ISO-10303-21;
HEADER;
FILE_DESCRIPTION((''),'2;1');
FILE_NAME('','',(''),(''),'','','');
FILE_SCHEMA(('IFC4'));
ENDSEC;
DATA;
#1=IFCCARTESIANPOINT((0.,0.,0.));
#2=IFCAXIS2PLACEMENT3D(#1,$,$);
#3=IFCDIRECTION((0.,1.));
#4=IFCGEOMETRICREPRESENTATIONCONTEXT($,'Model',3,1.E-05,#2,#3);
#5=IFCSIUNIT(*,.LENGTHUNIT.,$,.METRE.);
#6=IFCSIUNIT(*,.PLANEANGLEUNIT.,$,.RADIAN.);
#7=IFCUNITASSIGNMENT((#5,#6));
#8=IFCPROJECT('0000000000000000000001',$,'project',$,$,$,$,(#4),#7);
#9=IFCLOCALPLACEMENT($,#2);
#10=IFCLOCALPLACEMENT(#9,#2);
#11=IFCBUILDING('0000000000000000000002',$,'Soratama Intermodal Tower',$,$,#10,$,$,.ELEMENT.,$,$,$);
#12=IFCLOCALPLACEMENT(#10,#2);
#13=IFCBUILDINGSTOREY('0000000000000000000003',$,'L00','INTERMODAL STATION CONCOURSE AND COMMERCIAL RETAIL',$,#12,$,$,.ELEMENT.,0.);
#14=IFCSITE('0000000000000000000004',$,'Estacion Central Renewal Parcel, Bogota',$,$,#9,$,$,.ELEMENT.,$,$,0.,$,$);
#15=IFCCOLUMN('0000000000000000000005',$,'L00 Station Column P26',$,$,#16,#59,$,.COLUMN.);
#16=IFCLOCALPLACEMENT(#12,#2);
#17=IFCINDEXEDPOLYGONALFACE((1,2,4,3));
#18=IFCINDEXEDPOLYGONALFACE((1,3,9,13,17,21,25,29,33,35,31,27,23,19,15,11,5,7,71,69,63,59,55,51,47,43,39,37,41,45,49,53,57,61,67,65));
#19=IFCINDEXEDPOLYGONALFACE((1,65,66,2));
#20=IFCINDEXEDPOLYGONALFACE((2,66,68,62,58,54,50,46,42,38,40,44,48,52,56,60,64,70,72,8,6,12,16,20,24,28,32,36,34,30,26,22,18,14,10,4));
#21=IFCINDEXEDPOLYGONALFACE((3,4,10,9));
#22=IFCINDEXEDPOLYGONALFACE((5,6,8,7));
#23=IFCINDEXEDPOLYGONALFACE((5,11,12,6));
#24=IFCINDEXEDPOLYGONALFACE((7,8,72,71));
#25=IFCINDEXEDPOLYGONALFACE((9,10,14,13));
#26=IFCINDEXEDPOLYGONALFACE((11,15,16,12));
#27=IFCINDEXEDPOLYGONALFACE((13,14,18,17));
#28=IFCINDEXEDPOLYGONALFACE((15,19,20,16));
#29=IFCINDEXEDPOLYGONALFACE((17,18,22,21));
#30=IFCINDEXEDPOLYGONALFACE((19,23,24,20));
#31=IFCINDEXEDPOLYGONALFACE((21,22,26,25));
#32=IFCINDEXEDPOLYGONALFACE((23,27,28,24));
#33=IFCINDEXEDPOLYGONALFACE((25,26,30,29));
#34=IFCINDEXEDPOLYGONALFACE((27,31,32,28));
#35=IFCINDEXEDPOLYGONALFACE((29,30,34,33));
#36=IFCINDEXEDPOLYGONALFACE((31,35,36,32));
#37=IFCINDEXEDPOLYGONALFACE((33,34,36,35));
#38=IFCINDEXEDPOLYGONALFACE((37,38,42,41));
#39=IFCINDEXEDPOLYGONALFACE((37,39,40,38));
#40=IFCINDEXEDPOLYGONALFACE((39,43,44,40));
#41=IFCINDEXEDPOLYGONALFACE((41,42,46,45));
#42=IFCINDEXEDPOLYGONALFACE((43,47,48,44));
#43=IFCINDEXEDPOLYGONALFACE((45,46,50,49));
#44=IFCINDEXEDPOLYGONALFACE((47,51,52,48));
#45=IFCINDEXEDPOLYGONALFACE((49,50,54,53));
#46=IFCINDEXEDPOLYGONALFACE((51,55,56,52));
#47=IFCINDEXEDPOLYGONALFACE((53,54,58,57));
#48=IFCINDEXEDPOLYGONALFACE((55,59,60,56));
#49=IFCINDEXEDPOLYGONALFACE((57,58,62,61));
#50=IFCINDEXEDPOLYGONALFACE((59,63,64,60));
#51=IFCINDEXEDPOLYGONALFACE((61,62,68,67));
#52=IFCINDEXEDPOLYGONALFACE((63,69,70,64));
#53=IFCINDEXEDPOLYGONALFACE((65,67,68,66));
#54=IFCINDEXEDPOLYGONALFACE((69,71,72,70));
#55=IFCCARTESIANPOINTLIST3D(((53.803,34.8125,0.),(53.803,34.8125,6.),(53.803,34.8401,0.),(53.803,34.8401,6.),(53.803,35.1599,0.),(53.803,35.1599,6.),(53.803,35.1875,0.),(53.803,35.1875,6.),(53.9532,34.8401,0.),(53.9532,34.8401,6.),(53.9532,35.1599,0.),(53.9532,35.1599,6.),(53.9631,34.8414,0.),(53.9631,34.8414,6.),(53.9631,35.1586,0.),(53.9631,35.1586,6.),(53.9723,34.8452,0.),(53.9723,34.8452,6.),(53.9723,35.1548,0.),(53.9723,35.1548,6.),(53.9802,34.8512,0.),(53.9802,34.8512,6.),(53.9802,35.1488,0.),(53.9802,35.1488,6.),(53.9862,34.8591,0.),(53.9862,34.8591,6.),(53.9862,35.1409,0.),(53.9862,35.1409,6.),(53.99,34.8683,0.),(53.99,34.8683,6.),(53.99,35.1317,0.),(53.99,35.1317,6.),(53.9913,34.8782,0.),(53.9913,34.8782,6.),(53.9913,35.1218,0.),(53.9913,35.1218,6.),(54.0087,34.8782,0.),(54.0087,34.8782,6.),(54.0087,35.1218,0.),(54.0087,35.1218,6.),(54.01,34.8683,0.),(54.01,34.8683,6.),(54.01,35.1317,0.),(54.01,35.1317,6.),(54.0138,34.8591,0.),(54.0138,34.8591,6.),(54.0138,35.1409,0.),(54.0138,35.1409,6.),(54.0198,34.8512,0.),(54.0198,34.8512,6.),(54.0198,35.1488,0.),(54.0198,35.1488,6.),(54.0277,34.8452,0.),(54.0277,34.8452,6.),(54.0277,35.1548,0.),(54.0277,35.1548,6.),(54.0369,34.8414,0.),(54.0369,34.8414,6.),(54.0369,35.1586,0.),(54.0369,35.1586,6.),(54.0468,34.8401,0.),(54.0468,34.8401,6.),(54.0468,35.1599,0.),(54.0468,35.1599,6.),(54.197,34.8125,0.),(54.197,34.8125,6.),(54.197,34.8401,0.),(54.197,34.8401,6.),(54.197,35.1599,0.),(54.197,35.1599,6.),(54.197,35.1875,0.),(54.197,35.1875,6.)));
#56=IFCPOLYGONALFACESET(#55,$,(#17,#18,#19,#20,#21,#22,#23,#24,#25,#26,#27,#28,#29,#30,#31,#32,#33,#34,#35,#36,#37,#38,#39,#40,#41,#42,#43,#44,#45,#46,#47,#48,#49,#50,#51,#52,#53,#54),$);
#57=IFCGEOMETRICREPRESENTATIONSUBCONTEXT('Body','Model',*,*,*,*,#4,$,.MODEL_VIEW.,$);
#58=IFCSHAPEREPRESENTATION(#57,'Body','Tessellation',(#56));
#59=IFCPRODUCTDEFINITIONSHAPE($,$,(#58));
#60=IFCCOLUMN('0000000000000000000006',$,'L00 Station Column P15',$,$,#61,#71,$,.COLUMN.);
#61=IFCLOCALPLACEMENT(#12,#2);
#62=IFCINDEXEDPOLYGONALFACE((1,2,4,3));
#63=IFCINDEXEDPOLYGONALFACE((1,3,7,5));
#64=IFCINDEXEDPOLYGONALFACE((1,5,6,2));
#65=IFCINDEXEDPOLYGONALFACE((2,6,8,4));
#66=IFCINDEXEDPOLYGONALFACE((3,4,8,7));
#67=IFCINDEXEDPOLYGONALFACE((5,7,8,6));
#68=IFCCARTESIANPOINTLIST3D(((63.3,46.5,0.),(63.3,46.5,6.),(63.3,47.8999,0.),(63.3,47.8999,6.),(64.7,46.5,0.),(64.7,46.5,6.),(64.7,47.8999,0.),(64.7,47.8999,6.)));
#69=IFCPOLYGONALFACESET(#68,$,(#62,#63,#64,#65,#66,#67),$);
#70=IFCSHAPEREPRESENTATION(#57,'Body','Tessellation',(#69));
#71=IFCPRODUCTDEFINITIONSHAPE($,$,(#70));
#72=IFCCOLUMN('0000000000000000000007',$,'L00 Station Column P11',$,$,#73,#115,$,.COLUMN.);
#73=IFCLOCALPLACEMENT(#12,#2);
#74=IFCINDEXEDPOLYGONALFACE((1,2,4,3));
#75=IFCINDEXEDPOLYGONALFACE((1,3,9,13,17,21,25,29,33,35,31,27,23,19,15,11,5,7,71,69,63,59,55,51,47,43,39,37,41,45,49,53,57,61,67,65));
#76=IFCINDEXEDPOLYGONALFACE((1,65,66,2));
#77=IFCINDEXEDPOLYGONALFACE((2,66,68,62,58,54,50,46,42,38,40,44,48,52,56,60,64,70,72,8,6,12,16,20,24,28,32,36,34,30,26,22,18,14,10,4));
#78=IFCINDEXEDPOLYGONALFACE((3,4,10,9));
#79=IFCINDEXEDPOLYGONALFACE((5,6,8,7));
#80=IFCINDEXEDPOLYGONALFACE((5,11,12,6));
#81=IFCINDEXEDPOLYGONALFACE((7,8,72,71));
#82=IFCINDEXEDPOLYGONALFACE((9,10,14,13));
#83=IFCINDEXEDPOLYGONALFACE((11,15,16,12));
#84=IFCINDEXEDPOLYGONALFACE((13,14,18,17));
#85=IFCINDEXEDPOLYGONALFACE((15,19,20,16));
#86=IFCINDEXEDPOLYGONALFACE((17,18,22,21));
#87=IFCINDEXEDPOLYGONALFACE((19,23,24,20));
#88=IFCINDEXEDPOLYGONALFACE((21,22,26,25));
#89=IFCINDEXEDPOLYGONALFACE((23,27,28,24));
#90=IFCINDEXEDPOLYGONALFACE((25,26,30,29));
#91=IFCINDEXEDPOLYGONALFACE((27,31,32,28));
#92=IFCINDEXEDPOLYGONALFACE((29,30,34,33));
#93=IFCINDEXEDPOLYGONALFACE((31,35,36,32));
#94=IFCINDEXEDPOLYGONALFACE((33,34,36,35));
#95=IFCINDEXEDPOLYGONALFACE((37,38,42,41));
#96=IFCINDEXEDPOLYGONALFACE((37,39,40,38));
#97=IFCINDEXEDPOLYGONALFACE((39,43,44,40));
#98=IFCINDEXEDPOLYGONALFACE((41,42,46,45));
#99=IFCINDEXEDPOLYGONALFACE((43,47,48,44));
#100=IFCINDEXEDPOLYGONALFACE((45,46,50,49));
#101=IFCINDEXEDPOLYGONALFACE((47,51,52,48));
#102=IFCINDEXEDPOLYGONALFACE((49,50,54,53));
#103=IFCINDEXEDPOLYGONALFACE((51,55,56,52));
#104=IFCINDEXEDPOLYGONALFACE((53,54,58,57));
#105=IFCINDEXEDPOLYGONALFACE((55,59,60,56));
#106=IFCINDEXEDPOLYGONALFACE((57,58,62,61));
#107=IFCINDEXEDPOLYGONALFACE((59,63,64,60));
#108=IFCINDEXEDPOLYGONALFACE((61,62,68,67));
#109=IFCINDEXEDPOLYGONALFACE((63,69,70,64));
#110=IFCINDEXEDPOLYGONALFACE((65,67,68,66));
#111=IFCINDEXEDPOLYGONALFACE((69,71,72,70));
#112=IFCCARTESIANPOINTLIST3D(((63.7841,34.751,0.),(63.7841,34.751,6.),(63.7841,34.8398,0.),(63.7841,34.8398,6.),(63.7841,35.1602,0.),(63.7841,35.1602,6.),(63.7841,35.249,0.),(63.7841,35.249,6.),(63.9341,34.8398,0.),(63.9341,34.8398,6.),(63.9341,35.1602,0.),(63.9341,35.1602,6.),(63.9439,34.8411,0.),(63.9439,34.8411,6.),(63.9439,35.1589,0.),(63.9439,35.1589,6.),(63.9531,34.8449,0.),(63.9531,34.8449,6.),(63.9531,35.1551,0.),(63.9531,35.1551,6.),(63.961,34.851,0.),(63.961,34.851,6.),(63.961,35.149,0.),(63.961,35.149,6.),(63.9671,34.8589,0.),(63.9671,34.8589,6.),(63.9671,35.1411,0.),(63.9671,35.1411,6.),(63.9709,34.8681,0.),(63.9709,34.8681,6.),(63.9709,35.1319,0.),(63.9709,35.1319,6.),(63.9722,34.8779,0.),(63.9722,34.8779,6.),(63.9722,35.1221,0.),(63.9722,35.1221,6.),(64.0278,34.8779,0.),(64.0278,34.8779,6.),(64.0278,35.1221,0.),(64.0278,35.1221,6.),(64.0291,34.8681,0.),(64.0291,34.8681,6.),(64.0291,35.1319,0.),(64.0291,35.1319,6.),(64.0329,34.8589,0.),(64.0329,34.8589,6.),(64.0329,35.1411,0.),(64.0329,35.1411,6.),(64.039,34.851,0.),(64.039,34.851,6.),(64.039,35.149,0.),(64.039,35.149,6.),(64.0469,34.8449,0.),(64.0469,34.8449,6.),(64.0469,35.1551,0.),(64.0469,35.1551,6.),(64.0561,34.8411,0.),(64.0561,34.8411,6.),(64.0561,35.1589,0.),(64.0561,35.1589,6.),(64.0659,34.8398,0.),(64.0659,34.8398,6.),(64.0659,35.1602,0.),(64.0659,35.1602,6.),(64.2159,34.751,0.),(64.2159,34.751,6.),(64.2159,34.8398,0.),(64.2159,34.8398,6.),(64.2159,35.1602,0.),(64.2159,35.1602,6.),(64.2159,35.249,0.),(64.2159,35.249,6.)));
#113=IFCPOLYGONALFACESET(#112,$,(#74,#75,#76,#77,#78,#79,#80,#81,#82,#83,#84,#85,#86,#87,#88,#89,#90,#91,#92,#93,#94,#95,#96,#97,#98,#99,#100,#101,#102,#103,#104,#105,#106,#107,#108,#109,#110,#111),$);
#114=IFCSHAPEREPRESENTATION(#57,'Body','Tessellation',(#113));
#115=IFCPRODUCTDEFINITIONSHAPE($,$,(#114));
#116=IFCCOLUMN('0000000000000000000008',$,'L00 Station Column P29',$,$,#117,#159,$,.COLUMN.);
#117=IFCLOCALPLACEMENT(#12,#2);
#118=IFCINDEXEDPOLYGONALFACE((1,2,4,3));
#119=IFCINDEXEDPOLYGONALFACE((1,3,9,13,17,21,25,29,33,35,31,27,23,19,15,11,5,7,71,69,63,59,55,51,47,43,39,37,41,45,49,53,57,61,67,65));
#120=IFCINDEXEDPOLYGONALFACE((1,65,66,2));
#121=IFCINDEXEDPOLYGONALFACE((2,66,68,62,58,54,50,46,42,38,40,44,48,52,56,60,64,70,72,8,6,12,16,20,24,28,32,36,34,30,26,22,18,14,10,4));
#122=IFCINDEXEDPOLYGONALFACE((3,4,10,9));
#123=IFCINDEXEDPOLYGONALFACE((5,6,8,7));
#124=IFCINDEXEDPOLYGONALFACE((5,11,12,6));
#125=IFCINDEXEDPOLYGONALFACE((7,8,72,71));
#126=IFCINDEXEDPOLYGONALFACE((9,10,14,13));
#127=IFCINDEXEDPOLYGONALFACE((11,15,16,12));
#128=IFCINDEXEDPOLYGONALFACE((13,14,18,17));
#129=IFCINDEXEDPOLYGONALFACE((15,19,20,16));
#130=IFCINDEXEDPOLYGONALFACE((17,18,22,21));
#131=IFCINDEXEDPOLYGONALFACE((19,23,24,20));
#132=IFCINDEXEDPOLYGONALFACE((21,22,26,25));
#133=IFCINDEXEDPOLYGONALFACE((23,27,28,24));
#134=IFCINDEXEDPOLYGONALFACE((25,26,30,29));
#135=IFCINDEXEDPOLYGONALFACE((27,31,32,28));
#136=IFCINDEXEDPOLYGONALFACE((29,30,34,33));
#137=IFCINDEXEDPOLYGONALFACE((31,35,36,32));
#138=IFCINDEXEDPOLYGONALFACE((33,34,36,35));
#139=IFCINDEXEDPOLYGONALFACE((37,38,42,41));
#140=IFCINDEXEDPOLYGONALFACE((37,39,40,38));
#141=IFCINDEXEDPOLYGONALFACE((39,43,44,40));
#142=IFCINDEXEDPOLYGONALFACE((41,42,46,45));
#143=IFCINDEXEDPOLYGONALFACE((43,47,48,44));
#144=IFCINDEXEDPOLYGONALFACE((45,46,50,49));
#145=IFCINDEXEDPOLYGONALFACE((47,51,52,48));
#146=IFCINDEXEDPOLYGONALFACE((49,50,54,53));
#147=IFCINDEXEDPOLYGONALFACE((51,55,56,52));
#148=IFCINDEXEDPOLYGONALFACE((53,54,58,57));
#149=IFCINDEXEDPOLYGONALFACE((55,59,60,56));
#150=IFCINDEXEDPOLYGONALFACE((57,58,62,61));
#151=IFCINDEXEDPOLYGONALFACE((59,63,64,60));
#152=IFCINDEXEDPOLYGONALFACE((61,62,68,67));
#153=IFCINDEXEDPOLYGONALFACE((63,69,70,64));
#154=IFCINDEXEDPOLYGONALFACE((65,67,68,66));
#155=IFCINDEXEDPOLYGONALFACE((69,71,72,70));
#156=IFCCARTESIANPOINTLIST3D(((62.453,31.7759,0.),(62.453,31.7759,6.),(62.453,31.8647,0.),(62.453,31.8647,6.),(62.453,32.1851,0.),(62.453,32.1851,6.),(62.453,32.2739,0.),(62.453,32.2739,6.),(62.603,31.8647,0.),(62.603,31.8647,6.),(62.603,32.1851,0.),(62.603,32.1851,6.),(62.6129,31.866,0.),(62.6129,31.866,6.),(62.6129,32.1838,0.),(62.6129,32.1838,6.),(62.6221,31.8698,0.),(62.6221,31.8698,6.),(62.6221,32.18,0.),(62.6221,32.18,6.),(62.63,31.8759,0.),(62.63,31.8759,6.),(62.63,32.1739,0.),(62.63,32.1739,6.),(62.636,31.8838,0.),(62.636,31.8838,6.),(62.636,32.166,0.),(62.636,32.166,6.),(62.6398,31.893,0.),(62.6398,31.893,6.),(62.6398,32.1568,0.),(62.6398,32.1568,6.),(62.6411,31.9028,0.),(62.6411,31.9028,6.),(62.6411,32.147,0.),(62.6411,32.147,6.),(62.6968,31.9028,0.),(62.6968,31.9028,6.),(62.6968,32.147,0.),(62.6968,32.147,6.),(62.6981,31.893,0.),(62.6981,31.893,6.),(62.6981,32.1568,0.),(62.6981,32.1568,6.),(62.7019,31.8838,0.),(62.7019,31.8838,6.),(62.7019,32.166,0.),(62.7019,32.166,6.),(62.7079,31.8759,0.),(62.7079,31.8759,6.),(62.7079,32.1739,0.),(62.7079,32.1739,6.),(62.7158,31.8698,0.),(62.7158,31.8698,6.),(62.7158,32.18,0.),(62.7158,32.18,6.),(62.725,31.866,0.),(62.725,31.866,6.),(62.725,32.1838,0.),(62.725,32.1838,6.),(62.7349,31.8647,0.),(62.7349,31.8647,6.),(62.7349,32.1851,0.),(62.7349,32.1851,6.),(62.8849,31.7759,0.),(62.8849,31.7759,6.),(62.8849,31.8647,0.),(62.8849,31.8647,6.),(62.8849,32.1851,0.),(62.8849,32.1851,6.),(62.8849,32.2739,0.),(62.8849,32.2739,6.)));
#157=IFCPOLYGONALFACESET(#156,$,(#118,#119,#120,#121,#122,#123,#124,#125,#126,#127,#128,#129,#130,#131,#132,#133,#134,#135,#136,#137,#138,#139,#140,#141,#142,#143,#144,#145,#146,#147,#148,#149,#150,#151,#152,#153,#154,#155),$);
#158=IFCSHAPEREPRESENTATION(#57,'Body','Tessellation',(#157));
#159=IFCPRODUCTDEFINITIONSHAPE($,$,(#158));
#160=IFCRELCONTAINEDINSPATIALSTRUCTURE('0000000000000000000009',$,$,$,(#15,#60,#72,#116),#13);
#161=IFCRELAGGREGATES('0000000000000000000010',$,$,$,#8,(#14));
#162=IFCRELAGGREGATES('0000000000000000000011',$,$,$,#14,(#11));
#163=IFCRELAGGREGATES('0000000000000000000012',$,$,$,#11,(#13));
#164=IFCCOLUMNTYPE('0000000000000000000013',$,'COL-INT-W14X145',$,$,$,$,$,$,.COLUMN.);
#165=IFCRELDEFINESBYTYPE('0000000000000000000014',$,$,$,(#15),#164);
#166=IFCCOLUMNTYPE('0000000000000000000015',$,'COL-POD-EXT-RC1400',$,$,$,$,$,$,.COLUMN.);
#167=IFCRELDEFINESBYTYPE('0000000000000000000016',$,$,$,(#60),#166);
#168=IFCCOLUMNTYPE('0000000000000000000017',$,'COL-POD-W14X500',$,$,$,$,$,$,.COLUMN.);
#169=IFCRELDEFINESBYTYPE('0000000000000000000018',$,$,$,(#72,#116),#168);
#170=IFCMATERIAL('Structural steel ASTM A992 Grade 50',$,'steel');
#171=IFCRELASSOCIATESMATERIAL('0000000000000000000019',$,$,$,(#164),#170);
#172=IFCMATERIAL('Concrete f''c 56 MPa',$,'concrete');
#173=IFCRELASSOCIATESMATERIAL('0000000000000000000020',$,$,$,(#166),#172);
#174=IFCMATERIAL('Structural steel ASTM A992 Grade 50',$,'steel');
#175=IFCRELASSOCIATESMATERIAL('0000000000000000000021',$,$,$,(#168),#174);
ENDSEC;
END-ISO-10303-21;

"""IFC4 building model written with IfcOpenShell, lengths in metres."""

from ifc_helpers import new_model, si_unit, direction, frame, origin, origin_2d, place, context, subcontext, project, spatial, rectangle, i_section, extrude, material, material_profile, profile_set, type_object, element, save


model = new_model("IFC4")

# Units and contexts
model_context = context("Model", 3, precision=1e-05, world=origin(), true_north=direction((0.0, 1.0)))
body_context = subcontext(model_context, "Body", "Model", "MODEL_VIEW")
ifc_project = project(units=[si_unit("LENGTHUNIT", "METRE"), si_unit("PLANEANGLEUNIT", "RADIAN")], contexts=[model_context])

# Site, building, storey
site_placement = place(None, origin())
site = spatial("IfcSite", under=ifc_project, at=site_placement, Name="Estacion Central Renewal Parcel, Bogota", CompositionType="ELEMENT", RefElevation=0.0)
building_placement = place(site_placement, origin())
building = spatial("IfcBuilding", under=site, at=building_placement, Name="Soratama Intermodal Tower", CompositionType="ELEMENT")
storey_placement = place(building_placement, origin())
storey = spatial("IfcBuildingStorey", under=building, at=storey_placement, Name="L00", Description="INTERMODAL STATION CONCOURSE AND COMMERCIAL RETAIL", CompositionType="ELEMENT", Elevation=0.0)

# Columns
ifc_material_1 = material(Name="Structural steel ASTM A992 Grade 50", Category="steel")
ifc_material_profile_1 = material_profile(ifc_material_1, i_section(OverallWidth=0.394, OverallDepth=0.375, WebThickness=0.0173, FlangeThickness=0.0276, FilletRadius=0.0381, at=origin_2d()), Name="W14X145")
ifc_profile_set_1 = profile_set([ifc_material_profile_1], Name="Structural steel ASTM A992 Grade 50")
column_type_1 = type_object("IfcColumnType", Name="COL-INT-W14X145", PredefinedType="COLUMN", material=ifc_profile_set_1)
column_1_placement = place(storey_placement, frame((54.0, 35.0, 0.0), z_axis=(0.0, 0.0, 1.0), x_axis=(1.0, 0.0, 0.0)))
element("IfcColumn", 1, at=column_1_placement, inside=storey, type_object=column_type_1, Name="L00 Station Column P26", PredefinedType="COLUMN", context=body_context, shape_type="SweptSolid", body=[
    extrude(i_section(OverallWidth=0.394, OverallDepth=0.375, WebThickness=0.0173, FlangeThickness=0.0276, FilletRadius=0.0381, at=origin_2d()), origin(), (0.0, 0.0, 1.0), 6.0),
])
ifc_material_2 = material(Name="Concrete f'c 56 MPa", Category="concrete")
ifc_material_profile_2 = material_profile(ifc_material_2, rectangle(XDim=1.3999, YDim=1.3999, at=origin_2d()), Name="RC1400X1400")
ifc_profile_set_2 = profile_set([ifc_material_profile_2], Name="Concrete f'c 56 MPa")
column_type_2 = type_object("IfcColumnType", Name="COL-POD-EXT-RC1400", PredefinedType="COLUMN", material=ifc_profile_set_2)
column_2_placement = place(storey_placement, frame((64.0, 47.2, 0.0), z_axis=(0.0, 0.0, 1.0), x_axis=(1.0, 0.0, 0.0)))
element("IfcColumn", 2, at=column_2_placement, inside=storey, type_object=column_type_2, Name="L00 Station Column P15", PredefinedType="COLUMN", context=body_context, shape_type="SweptSolid", body=[
    extrude(rectangle(XDim=1.3999, YDim=1.3999, at=origin_2d()), origin(), (0.0, 0.0, 1.0), 6.0),
])
ifc_material_3 = material(Name="Structural steel ASTM A992 Grade 50", Category="steel")
ifc_material_profile_3 = material_profile(ifc_material_3, i_section(OverallWidth=0.4319, OverallDepth=0.498, WebThickness=0.0557, FlangeThickness=0.0889, FilletRadius=0.0381, at=origin_2d()), Name="W14X500")
ifc_profile_set_3 = profile_set([ifc_material_profile_3], Name="Structural steel ASTM A992 Grade 50")
column_type_3 = type_object("IfcColumnType", Name="COL-POD-W14X500", PredefinedType="COLUMN", material=ifc_profile_set_3)
for number, where, z_axis, x_axis, name in (
    (3, (64.0, 35.0, 0.0), (0.0, 0.0, 1.0), (1.0, 0.0, 0.0), "L00 Station Column P11"),
    (4, (62.6689, 32.0249, 0.0), (0.0, 0.0, 1.0), (1.0, 0.0, 0.0), "L00 Station Column P29"),
):
    element("IfcColumn", number, at=place(storey_placement, frame(where, z_axis=z_axis, x_axis=x_axis)), inside=storey, type_object=column_type_3, Name=name, PredefinedType="COLUMN", context=body_context, shape_type="SweptSolid", body=[
        extrude(i_section(OverallWidth=0.4319, OverallDepth=0.498, WebThickness=0.0557, FlangeThickness=0.0889, FilletRadius=0.0381, at=origin_2d()), origin(), (0.0, 0.0, 1.0), 6.0),
    ])

save(model, "model.ifc")
